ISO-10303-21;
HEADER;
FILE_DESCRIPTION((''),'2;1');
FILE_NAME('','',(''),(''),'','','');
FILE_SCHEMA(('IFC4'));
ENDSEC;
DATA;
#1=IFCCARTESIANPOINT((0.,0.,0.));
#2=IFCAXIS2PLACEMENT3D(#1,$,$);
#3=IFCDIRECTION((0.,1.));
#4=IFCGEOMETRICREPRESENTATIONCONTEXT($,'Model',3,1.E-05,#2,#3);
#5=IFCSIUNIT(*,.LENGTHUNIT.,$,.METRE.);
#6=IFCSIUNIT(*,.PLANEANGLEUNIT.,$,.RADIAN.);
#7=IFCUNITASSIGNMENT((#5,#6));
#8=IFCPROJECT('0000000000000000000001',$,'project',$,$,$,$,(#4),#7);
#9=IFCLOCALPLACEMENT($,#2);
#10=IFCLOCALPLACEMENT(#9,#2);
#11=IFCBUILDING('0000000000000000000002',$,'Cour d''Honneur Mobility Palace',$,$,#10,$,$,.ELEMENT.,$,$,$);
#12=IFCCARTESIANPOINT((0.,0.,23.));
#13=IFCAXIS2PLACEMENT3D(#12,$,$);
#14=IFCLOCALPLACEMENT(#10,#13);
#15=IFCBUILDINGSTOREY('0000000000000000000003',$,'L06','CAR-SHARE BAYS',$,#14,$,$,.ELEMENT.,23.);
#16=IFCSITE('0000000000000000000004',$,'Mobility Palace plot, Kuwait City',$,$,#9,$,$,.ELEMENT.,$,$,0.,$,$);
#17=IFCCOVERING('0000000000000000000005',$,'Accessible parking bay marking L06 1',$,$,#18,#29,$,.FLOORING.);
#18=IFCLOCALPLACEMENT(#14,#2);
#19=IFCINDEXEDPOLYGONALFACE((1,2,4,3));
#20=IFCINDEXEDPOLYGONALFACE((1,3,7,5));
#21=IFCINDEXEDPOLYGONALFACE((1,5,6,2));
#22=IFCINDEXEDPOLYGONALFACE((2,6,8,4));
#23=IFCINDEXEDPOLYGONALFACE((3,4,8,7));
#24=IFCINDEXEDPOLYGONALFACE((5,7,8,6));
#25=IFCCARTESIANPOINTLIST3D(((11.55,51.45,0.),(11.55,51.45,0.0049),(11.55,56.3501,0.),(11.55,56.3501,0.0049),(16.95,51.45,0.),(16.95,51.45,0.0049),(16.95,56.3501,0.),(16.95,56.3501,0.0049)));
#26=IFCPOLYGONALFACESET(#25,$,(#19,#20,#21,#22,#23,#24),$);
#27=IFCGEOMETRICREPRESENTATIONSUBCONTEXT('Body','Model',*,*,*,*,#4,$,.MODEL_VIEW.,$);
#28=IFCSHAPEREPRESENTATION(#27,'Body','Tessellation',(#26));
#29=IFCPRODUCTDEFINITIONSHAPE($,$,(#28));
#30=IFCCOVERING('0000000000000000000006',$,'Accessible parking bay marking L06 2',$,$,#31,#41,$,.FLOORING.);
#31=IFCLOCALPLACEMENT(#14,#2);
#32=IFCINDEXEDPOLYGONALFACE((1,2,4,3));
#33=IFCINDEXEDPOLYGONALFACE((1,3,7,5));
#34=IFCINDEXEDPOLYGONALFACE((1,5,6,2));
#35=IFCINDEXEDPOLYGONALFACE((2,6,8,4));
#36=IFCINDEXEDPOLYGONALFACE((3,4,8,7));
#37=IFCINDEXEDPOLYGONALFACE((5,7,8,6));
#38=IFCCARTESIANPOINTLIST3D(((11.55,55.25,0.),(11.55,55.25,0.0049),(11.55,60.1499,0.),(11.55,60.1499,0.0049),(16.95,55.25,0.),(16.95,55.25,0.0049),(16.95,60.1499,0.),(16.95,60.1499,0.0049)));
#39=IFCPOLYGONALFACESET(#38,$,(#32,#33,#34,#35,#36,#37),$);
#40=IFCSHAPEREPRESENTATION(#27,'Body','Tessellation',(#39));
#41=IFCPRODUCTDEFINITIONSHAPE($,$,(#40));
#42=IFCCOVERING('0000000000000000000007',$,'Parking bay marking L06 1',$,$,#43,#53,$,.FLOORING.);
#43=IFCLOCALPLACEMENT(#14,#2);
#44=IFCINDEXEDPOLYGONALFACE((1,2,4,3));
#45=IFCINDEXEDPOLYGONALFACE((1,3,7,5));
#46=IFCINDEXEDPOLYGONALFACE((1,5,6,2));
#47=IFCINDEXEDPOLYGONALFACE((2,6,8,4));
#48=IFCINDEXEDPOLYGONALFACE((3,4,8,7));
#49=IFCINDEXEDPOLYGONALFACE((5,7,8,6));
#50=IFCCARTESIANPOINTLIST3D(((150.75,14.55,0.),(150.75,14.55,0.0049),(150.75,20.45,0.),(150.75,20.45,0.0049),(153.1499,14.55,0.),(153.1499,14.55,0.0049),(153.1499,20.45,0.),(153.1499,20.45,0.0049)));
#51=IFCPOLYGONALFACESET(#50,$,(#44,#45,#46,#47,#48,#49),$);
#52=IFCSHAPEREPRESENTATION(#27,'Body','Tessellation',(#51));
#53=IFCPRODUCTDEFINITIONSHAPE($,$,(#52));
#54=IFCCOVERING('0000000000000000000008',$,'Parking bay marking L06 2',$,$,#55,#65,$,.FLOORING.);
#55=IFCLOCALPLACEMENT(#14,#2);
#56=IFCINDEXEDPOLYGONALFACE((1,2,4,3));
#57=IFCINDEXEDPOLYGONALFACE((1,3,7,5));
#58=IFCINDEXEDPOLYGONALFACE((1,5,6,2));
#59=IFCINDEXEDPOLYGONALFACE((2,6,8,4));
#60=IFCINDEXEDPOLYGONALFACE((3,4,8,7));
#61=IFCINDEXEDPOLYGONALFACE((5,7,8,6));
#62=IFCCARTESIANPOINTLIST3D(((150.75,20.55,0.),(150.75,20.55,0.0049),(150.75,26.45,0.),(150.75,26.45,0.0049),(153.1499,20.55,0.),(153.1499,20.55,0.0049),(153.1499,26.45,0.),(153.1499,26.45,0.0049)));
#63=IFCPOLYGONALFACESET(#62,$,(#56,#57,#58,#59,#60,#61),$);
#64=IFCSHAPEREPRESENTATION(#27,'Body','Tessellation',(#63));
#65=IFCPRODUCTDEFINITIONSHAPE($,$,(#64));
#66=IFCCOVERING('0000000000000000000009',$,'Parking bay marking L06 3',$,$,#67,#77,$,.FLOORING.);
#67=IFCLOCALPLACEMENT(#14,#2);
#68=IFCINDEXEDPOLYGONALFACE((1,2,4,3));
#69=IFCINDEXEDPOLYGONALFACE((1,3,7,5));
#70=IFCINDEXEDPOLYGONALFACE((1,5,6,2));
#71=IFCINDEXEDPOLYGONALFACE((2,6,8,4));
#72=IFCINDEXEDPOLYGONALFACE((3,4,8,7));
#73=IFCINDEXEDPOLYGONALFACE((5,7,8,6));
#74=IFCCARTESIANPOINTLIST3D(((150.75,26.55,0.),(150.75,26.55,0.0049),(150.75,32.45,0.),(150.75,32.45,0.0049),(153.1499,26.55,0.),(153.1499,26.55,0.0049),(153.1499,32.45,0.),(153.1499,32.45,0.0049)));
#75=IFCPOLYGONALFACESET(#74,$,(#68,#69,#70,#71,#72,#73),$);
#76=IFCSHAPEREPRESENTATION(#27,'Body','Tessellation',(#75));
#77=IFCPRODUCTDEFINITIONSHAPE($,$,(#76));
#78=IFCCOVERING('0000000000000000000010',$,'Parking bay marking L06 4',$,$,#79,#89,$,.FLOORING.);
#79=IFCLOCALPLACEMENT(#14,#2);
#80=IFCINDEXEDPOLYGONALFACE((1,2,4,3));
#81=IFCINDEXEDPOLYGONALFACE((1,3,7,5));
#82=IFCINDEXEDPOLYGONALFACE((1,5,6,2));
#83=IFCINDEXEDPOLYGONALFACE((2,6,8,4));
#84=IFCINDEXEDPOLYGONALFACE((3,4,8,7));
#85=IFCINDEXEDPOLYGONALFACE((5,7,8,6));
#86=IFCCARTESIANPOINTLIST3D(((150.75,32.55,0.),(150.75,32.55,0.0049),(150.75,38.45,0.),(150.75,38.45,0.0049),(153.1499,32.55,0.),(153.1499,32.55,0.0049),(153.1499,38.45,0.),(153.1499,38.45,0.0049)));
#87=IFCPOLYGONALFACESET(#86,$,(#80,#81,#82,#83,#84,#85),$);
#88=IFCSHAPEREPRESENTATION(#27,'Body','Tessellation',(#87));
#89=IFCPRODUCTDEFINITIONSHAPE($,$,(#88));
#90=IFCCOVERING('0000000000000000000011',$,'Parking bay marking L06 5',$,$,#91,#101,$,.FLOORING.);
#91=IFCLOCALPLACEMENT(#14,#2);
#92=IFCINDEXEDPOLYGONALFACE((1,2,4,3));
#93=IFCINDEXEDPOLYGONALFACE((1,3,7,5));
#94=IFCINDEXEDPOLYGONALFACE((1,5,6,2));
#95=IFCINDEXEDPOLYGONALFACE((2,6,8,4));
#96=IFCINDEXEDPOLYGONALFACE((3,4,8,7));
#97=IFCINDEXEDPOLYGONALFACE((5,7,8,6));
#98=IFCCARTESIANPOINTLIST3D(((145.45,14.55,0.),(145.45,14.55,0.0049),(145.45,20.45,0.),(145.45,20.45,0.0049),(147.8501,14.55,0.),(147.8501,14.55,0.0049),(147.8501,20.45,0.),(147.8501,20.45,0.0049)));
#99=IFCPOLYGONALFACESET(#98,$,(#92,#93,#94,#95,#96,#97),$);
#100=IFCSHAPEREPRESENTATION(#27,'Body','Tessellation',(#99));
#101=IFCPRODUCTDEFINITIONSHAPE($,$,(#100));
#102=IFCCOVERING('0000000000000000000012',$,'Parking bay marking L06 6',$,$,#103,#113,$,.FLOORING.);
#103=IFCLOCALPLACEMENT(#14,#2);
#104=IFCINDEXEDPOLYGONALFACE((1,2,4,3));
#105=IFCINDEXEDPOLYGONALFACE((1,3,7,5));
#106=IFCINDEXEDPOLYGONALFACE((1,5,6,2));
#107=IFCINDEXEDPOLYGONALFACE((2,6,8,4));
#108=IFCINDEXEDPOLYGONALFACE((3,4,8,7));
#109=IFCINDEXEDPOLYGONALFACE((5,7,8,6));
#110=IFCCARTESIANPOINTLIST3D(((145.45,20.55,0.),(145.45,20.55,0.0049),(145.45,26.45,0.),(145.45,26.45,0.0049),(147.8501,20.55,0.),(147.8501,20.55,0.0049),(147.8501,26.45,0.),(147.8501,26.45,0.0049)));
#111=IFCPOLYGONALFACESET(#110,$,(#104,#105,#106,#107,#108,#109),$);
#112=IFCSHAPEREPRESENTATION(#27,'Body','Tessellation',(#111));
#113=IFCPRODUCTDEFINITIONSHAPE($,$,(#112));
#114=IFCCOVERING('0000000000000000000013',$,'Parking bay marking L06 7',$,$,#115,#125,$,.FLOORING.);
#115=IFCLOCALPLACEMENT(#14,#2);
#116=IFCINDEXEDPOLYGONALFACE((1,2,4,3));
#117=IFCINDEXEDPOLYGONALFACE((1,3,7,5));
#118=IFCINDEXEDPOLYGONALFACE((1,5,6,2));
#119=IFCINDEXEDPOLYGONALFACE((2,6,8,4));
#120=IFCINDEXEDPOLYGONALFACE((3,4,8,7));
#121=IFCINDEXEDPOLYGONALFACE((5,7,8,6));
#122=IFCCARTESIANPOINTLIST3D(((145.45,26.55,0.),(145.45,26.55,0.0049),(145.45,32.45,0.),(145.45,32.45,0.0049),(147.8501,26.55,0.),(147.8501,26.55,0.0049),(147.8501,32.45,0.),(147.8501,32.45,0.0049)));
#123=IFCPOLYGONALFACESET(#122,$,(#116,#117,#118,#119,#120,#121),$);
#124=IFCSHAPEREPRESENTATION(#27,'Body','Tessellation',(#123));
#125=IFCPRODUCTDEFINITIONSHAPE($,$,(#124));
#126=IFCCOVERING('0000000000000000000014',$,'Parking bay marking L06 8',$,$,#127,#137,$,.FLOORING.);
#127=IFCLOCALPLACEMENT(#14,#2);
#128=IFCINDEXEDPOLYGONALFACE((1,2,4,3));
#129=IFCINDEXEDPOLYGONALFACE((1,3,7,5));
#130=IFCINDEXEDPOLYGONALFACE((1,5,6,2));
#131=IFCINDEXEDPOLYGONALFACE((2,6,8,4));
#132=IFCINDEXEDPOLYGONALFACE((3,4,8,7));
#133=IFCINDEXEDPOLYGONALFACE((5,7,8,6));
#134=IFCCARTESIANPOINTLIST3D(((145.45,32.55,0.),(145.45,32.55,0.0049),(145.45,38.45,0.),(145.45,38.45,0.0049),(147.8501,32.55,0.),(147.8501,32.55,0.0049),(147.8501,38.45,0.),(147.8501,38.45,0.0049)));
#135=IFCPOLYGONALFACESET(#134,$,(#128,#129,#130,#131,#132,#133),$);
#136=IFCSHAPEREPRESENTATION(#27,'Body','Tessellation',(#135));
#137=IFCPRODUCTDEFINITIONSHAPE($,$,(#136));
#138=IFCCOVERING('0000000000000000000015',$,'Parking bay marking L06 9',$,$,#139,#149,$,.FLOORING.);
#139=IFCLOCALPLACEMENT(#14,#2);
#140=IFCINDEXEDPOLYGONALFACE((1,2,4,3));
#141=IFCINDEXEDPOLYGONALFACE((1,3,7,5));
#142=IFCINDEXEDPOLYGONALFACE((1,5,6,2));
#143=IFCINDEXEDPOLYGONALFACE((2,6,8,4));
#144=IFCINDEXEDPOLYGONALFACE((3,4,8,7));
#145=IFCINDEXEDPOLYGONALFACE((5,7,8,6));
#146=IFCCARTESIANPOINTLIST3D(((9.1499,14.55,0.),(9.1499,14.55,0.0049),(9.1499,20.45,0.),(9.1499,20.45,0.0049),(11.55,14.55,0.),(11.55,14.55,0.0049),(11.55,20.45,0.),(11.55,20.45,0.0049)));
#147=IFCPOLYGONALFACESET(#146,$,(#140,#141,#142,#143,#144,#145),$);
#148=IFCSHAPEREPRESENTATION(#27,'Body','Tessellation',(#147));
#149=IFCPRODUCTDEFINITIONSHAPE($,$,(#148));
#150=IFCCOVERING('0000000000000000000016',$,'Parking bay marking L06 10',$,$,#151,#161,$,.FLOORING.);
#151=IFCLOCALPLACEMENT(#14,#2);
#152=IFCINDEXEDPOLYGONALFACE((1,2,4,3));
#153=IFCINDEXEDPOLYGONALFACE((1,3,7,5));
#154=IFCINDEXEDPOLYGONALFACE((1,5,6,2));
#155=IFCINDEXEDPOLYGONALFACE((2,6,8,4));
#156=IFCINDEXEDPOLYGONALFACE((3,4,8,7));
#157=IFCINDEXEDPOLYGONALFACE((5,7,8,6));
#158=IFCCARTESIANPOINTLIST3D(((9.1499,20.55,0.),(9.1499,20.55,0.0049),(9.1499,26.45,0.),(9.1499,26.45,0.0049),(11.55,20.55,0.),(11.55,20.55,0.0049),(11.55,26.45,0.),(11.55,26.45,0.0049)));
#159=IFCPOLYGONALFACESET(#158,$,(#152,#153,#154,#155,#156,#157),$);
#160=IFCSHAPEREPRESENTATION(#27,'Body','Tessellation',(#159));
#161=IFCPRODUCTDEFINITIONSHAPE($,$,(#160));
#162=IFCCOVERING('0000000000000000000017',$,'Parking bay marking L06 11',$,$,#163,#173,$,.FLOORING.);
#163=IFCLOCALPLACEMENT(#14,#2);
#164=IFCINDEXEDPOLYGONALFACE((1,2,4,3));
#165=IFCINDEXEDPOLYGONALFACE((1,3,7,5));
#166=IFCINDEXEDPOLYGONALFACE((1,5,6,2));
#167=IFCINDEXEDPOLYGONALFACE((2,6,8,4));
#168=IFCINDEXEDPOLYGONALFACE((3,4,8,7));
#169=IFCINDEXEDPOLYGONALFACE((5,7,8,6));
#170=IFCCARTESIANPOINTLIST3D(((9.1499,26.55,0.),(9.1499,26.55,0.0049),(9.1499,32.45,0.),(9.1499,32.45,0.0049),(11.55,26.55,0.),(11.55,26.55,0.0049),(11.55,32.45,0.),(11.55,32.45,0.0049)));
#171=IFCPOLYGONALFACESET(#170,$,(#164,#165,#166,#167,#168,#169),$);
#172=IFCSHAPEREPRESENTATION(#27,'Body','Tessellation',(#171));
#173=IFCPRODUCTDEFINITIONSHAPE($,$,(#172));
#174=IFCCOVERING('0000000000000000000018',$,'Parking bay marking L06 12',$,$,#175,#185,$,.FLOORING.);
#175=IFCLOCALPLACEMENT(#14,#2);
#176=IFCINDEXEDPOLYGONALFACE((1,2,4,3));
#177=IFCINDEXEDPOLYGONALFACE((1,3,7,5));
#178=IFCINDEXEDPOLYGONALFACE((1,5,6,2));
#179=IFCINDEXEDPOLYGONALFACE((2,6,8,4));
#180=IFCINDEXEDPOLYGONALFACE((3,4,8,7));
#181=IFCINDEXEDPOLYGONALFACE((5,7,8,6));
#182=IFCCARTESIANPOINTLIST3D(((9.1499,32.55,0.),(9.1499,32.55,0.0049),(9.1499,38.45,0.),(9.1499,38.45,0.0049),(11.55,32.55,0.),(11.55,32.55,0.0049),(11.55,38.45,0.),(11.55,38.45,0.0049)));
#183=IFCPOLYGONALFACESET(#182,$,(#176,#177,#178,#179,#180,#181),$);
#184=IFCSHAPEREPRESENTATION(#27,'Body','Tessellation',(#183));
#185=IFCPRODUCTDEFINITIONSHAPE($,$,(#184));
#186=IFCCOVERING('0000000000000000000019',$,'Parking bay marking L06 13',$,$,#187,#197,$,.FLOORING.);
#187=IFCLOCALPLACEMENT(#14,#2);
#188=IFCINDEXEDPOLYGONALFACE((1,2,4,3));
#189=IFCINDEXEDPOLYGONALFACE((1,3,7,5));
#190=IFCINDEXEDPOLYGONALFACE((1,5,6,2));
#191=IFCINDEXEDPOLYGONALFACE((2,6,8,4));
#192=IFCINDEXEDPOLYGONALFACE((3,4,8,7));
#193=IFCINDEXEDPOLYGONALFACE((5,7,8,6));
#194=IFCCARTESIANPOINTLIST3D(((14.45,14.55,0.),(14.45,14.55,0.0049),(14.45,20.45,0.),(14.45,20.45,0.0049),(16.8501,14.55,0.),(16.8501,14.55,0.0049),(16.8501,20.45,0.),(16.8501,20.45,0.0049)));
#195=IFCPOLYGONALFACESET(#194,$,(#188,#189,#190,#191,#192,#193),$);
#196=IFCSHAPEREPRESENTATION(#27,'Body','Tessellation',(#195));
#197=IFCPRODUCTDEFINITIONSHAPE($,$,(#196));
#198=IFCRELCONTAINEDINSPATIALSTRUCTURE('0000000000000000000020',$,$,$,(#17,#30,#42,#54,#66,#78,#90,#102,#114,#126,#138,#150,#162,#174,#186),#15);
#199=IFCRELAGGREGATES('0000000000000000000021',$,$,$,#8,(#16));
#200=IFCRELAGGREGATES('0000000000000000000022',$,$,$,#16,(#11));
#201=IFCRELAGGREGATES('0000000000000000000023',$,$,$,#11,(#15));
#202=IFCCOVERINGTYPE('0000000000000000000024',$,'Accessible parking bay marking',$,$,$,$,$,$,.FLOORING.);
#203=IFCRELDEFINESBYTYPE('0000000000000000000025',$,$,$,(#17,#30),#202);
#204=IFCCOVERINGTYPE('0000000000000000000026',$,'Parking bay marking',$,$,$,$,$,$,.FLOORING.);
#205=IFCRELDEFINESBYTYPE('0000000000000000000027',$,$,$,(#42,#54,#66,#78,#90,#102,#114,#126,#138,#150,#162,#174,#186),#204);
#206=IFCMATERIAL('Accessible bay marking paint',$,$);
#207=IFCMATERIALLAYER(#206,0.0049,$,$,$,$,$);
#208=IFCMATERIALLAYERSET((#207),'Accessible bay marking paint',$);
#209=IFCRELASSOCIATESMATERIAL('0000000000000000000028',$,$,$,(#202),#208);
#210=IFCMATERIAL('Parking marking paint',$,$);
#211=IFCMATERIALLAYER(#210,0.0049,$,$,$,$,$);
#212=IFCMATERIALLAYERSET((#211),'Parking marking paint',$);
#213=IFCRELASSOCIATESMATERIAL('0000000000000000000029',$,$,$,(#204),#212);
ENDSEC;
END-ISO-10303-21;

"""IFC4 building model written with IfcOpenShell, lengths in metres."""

from ifc_helpers import new_model, si_unit, direction, frame, origin, place, context, subcontext, project, spatial, polyline, outline, extrude, material, layer, layer_set, type_object, element, save


model = new_model("IFC4")

# Units and contexts
model_context = context("Model", 3, precision=1e-05, world=origin(), true_north=direction((0.0, 1.0)))
body_context = subcontext(model_context, "Body", "Model", "MODEL_VIEW")
ifc_project = project(units=[si_unit("LENGTHUNIT", "METRE"), si_unit("PLANEANGLEUNIT", "RADIAN")], contexts=[model_context])

# Site, building, storey
site_placement = place(None, origin())
site = spatial("IfcSite", under=ifc_project, at=site_placement, Name="Mobility Palace plot, Kuwait City", CompositionType="ELEMENT", RefElevation=0.0)
building_placement = place(site_placement, origin())
building = spatial("IfcBuilding", under=site, at=building_placement, Name="Cour d'Honneur Mobility Palace", CompositionType="ELEMENT")
storey_placement = place(building_placement, frame((0.0, 0.0, 23.0)))
storey = spatial("IfcBuildingStorey", under=building, at=storey_placement, Name="L06", Description="CAR-SHARE BAYS", CompositionType="ELEMENT", Elevation=23.0)

# Coverings
ifc_material_1 = material(Name="Accessible bay marking paint")
ifc_layer_1 = layer(ifc_material_1, 0.0049)
ifc_layer_set_1 = layer_set([ifc_layer_1], Name="Accessible bay marking paint")
covering_type_1 = type_object("IfcCoveringType", Name="Accessible parking bay marking", PredefinedType="FLOORING", material=ifc_layer_set_1)
covering_1_placement = place(storey_placement, origin())
element("IfcCovering", 1, at=covering_1_placement, inside=storey, type_object=covering_type_1, Name="Accessible parking bay marking L06 1", PredefinedType="FLOORING", context=body_context, shape_type="SweptSolid", body=[
    extrude(outline(polyline([(16.95, 51.45), (11.55, 51.45), (11.55, 56.3501), (16.95, 56.3501), (16.95, 51.45)])), origin(), (0.0, 0.0, 1.0), 0.0049),
])
covering_2_placement = place(storey_placement, origin())
element("IfcCovering", 2, at=covering_2_placement, inside=storey, type_object=covering_type_1, Name="Accessible parking bay marking L06 2", PredefinedType="FLOORING", context=body_context, shape_type="SweptSolid", body=[
    extrude(outline(polyline([(11.55, 60.1499), (16.95, 60.1499), (16.95, 55.25), (11.55, 55.25), (11.55, 60.1499)])), origin(), (0.0, 0.0, 1.0), 0.0049),
])
ifc_material_2 = material(Name="Parking marking paint")
ifc_layer_2 = layer(ifc_material_2, 0.0049)
ifc_layer_set_2 = layer_set([ifc_layer_2], Name="Parking marking paint")
covering_type_2 = type_object("IfcCoveringType", Name="Parking bay marking", PredefinedType="FLOORING", material=ifc_layer_set_2)
covering_3_placement = place(storey_placement, origin())
element("IfcCovering", 3, at=covering_3_placement, inside=storey, type_object=covering_type_2, Name="Parking bay marking L06 1", PredefinedType="FLOORING", context=body_context, shape_type="SweptSolid", body=[
    extrude(outline(polyline([(153.1499, 14.55), (150.75, 14.55), (150.75, 20.45), (153.1499, 20.45), (153.1499, 14.55)])), origin(), (0.0, 0.0, 1.0), 0.0049),
])
covering_4_placement = place(storey_placement, origin())
element("IfcCovering", 4, at=covering_4_placement, inside=storey, type_object=covering_type_2, Name="Parking bay marking L06 2", PredefinedType="FLOORING", context=body_context, shape_type="SweptSolid", body=[
    extrude(outline(polyline([(153.1499, 20.55), (150.75, 20.55), (150.75, 26.45), (153.1499, 26.45), (153.1499, 20.55)])), origin(), (0.0, 0.0, 1.0), 0.0049),
])
covering_5_placement = place(storey_placement, origin())
element("IfcCovering", 5, at=covering_5_placement, inside=storey, type_object=covering_type_2, Name="Parking bay marking L06 3", PredefinedType="FLOORING", context=body_context, shape_type="SweptSolid", body=[
    extrude(outline(polyline([(153.1499, 26.55), (150.75, 26.55), (150.75, 32.45), (153.1499, 32.45), (153.1499, 26.55)])), origin(), (0.0, 0.0, 1.0), 0.0049),
])
covering_6_placement = place(storey_placement, origin())
element("IfcCovering", 6, at=covering_6_placement, inside=storey, type_object=covering_type_2, Name="Parking bay marking L06 4", PredefinedType="FLOORING", context=body_context, shape_type="SweptSolid", body=[
    extrude(outline(polyline([(153.1499, 32.55), (150.75, 32.55), (150.75, 38.45), (153.1499, 38.45), (153.1499, 32.55)])), origin(), (0.0, 0.0, 1.0), 0.0049),
])
covering_7_placement = place(storey_placement, origin())
element("IfcCovering", 7, at=covering_7_placement, inside=storey, type_object=covering_type_2, Name="Parking bay marking L06 5", PredefinedType="FLOORING", context=body_context, shape_type="SweptSolid", body=[
    extrude(outline(polyline([(147.8501, 14.55), (145.45, 14.55), (145.45, 20.45), (147.8501, 20.45), (147.8501, 14.55)])), origin(), (0.0, 0.0, 1.0), 0.0049),
])
covering_8_placement = place(storey_placement, origin())
element("IfcCovering", 8, at=covering_8_placement, inside=storey, type_object=covering_type_2, Name="Parking bay marking L06 6", PredefinedType="FLOORING", context=body_context, shape_type="SweptSolid", body=[
    extrude(outline(polyline([(147.8501, 20.55), (145.45, 20.55), (145.45, 26.45), (147.8501, 26.45), (147.8501, 20.55)])), origin(), (0.0, 0.0, 1.0), 0.0049),
])
covering_9_placement = place(storey_placement, origin())
element("IfcCovering", 9, at=covering_9_placement, inside=storey, type_object=covering_type_2, Name="Parking bay marking L06 7", PredefinedType="FLOORING", context=body_context, shape_type="SweptSolid", body=[
    extrude(outline(polyline([(147.8501, 26.55), (145.45, 26.55), (145.45, 32.45), (147.8501, 32.45), (147.8501, 26.55)])), origin(), (0.0, 0.0, 1.0), 0.0049),
])
covering_10_placement = place(storey_placement, origin())
element("IfcCovering", 10, at=covering_10_placement, inside=storey, type_object=covering_type_2, Name="Parking bay marking L06 8", PredefinedType="FLOORING", context=body_context, shape_type="SweptSolid", body=[
    extrude(outline(polyline([(147.8501, 32.55), (145.45, 32.55), (145.45, 38.45), (147.8501, 38.45), (147.8501, 32.55)])), origin(), (0.0, 0.0, 1.0), 0.0049),
])
covering_11_placement = place(storey_placement, origin())
element("IfcCovering", 11, at=covering_11_placement, inside=storey, type_object=covering_type_2, Name="Parking bay marking L06 9", PredefinedType="FLOORING", context=body_context, shape_type="SweptSolid", body=[
    extrude(outline(polyline([(11.55, 14.55), (9.1499, 14.55), (9.1499, 20.45), (11.55, 20.45), (11.55, 14.55)])), origin(), (0.0, 0.0, 1.0), 0.0049),
])
covering_12_placement = place(storey_placement, origin())
element("IfcCovering", 12, at=covering_12_placement, inside=storey, type_object=covering_type_2, Name="Parking bay marking L06 10", PredefinedType="FLOORING", context=body_context, shape_type="SweptSolid", body=[
    extrude(outline(polyline([(11.55, 20.55), (9.1499, 20.55), (9.1499, 26.45), (11.55, 26.45), (11.55, 20.55)])), origin(), (0.0, 0.0, 1.0), 0.0049),
])
covering_13_placement = place(storey_placement, origin())
element("IfcCovering", 13, at=covering_13_placement, inside=storey, type_object=covering_type_2, Name="Parking bay marking L06 11", PredefinedType="FLOORING", context=body_context, shape_type="SweptSolid", body=[
    extrude(outline(polyline([(11.55, 26.55), (9.1499, 26.55), (9.1499, 32.45), (11.55, 32.45), (11.55, 26.55)])), origin(), (0.0, 0.0, 1.0), 0.0049),
])
covering_14_placement = place(storey_placement, origin())
element("IfcCovering", 14, at=covering_14_placement, inside=storey, type_object=covering_type_2, Name="Parking bay marking L06 12", PredefinedType="FLOORING", context=body_context, shape_type="SweptSolid", body=[
    extrude(outline(polyline([(11.55, 32.55), (9.1499, 32.55), (9.1499, 38.45), (11.55, 38.45), (11.55, 32.55)])), origin(), (0.0, 0.0, 1.0), 0.0049),
])
covering_15_placement = place(storey_placement, origin())
element("IfcCovering", 15, at=covering_15_placement, inside=storey, type_object=covering_type_2, Name="Parking bay marking L06 13", PredefinedType="FLOORING", context=body_context, shape_type="SweptSolid", body=[
    extrude(outline(polyline([(16.8501, 14.55), (14.45, 14.55), (14.45, 20.45), (16.8501, 20.45), (16.8501, 14.55)])), origin(), (0.0, 0.0, 1.0), 0.0049),
])

save(model, "model.ifc")
